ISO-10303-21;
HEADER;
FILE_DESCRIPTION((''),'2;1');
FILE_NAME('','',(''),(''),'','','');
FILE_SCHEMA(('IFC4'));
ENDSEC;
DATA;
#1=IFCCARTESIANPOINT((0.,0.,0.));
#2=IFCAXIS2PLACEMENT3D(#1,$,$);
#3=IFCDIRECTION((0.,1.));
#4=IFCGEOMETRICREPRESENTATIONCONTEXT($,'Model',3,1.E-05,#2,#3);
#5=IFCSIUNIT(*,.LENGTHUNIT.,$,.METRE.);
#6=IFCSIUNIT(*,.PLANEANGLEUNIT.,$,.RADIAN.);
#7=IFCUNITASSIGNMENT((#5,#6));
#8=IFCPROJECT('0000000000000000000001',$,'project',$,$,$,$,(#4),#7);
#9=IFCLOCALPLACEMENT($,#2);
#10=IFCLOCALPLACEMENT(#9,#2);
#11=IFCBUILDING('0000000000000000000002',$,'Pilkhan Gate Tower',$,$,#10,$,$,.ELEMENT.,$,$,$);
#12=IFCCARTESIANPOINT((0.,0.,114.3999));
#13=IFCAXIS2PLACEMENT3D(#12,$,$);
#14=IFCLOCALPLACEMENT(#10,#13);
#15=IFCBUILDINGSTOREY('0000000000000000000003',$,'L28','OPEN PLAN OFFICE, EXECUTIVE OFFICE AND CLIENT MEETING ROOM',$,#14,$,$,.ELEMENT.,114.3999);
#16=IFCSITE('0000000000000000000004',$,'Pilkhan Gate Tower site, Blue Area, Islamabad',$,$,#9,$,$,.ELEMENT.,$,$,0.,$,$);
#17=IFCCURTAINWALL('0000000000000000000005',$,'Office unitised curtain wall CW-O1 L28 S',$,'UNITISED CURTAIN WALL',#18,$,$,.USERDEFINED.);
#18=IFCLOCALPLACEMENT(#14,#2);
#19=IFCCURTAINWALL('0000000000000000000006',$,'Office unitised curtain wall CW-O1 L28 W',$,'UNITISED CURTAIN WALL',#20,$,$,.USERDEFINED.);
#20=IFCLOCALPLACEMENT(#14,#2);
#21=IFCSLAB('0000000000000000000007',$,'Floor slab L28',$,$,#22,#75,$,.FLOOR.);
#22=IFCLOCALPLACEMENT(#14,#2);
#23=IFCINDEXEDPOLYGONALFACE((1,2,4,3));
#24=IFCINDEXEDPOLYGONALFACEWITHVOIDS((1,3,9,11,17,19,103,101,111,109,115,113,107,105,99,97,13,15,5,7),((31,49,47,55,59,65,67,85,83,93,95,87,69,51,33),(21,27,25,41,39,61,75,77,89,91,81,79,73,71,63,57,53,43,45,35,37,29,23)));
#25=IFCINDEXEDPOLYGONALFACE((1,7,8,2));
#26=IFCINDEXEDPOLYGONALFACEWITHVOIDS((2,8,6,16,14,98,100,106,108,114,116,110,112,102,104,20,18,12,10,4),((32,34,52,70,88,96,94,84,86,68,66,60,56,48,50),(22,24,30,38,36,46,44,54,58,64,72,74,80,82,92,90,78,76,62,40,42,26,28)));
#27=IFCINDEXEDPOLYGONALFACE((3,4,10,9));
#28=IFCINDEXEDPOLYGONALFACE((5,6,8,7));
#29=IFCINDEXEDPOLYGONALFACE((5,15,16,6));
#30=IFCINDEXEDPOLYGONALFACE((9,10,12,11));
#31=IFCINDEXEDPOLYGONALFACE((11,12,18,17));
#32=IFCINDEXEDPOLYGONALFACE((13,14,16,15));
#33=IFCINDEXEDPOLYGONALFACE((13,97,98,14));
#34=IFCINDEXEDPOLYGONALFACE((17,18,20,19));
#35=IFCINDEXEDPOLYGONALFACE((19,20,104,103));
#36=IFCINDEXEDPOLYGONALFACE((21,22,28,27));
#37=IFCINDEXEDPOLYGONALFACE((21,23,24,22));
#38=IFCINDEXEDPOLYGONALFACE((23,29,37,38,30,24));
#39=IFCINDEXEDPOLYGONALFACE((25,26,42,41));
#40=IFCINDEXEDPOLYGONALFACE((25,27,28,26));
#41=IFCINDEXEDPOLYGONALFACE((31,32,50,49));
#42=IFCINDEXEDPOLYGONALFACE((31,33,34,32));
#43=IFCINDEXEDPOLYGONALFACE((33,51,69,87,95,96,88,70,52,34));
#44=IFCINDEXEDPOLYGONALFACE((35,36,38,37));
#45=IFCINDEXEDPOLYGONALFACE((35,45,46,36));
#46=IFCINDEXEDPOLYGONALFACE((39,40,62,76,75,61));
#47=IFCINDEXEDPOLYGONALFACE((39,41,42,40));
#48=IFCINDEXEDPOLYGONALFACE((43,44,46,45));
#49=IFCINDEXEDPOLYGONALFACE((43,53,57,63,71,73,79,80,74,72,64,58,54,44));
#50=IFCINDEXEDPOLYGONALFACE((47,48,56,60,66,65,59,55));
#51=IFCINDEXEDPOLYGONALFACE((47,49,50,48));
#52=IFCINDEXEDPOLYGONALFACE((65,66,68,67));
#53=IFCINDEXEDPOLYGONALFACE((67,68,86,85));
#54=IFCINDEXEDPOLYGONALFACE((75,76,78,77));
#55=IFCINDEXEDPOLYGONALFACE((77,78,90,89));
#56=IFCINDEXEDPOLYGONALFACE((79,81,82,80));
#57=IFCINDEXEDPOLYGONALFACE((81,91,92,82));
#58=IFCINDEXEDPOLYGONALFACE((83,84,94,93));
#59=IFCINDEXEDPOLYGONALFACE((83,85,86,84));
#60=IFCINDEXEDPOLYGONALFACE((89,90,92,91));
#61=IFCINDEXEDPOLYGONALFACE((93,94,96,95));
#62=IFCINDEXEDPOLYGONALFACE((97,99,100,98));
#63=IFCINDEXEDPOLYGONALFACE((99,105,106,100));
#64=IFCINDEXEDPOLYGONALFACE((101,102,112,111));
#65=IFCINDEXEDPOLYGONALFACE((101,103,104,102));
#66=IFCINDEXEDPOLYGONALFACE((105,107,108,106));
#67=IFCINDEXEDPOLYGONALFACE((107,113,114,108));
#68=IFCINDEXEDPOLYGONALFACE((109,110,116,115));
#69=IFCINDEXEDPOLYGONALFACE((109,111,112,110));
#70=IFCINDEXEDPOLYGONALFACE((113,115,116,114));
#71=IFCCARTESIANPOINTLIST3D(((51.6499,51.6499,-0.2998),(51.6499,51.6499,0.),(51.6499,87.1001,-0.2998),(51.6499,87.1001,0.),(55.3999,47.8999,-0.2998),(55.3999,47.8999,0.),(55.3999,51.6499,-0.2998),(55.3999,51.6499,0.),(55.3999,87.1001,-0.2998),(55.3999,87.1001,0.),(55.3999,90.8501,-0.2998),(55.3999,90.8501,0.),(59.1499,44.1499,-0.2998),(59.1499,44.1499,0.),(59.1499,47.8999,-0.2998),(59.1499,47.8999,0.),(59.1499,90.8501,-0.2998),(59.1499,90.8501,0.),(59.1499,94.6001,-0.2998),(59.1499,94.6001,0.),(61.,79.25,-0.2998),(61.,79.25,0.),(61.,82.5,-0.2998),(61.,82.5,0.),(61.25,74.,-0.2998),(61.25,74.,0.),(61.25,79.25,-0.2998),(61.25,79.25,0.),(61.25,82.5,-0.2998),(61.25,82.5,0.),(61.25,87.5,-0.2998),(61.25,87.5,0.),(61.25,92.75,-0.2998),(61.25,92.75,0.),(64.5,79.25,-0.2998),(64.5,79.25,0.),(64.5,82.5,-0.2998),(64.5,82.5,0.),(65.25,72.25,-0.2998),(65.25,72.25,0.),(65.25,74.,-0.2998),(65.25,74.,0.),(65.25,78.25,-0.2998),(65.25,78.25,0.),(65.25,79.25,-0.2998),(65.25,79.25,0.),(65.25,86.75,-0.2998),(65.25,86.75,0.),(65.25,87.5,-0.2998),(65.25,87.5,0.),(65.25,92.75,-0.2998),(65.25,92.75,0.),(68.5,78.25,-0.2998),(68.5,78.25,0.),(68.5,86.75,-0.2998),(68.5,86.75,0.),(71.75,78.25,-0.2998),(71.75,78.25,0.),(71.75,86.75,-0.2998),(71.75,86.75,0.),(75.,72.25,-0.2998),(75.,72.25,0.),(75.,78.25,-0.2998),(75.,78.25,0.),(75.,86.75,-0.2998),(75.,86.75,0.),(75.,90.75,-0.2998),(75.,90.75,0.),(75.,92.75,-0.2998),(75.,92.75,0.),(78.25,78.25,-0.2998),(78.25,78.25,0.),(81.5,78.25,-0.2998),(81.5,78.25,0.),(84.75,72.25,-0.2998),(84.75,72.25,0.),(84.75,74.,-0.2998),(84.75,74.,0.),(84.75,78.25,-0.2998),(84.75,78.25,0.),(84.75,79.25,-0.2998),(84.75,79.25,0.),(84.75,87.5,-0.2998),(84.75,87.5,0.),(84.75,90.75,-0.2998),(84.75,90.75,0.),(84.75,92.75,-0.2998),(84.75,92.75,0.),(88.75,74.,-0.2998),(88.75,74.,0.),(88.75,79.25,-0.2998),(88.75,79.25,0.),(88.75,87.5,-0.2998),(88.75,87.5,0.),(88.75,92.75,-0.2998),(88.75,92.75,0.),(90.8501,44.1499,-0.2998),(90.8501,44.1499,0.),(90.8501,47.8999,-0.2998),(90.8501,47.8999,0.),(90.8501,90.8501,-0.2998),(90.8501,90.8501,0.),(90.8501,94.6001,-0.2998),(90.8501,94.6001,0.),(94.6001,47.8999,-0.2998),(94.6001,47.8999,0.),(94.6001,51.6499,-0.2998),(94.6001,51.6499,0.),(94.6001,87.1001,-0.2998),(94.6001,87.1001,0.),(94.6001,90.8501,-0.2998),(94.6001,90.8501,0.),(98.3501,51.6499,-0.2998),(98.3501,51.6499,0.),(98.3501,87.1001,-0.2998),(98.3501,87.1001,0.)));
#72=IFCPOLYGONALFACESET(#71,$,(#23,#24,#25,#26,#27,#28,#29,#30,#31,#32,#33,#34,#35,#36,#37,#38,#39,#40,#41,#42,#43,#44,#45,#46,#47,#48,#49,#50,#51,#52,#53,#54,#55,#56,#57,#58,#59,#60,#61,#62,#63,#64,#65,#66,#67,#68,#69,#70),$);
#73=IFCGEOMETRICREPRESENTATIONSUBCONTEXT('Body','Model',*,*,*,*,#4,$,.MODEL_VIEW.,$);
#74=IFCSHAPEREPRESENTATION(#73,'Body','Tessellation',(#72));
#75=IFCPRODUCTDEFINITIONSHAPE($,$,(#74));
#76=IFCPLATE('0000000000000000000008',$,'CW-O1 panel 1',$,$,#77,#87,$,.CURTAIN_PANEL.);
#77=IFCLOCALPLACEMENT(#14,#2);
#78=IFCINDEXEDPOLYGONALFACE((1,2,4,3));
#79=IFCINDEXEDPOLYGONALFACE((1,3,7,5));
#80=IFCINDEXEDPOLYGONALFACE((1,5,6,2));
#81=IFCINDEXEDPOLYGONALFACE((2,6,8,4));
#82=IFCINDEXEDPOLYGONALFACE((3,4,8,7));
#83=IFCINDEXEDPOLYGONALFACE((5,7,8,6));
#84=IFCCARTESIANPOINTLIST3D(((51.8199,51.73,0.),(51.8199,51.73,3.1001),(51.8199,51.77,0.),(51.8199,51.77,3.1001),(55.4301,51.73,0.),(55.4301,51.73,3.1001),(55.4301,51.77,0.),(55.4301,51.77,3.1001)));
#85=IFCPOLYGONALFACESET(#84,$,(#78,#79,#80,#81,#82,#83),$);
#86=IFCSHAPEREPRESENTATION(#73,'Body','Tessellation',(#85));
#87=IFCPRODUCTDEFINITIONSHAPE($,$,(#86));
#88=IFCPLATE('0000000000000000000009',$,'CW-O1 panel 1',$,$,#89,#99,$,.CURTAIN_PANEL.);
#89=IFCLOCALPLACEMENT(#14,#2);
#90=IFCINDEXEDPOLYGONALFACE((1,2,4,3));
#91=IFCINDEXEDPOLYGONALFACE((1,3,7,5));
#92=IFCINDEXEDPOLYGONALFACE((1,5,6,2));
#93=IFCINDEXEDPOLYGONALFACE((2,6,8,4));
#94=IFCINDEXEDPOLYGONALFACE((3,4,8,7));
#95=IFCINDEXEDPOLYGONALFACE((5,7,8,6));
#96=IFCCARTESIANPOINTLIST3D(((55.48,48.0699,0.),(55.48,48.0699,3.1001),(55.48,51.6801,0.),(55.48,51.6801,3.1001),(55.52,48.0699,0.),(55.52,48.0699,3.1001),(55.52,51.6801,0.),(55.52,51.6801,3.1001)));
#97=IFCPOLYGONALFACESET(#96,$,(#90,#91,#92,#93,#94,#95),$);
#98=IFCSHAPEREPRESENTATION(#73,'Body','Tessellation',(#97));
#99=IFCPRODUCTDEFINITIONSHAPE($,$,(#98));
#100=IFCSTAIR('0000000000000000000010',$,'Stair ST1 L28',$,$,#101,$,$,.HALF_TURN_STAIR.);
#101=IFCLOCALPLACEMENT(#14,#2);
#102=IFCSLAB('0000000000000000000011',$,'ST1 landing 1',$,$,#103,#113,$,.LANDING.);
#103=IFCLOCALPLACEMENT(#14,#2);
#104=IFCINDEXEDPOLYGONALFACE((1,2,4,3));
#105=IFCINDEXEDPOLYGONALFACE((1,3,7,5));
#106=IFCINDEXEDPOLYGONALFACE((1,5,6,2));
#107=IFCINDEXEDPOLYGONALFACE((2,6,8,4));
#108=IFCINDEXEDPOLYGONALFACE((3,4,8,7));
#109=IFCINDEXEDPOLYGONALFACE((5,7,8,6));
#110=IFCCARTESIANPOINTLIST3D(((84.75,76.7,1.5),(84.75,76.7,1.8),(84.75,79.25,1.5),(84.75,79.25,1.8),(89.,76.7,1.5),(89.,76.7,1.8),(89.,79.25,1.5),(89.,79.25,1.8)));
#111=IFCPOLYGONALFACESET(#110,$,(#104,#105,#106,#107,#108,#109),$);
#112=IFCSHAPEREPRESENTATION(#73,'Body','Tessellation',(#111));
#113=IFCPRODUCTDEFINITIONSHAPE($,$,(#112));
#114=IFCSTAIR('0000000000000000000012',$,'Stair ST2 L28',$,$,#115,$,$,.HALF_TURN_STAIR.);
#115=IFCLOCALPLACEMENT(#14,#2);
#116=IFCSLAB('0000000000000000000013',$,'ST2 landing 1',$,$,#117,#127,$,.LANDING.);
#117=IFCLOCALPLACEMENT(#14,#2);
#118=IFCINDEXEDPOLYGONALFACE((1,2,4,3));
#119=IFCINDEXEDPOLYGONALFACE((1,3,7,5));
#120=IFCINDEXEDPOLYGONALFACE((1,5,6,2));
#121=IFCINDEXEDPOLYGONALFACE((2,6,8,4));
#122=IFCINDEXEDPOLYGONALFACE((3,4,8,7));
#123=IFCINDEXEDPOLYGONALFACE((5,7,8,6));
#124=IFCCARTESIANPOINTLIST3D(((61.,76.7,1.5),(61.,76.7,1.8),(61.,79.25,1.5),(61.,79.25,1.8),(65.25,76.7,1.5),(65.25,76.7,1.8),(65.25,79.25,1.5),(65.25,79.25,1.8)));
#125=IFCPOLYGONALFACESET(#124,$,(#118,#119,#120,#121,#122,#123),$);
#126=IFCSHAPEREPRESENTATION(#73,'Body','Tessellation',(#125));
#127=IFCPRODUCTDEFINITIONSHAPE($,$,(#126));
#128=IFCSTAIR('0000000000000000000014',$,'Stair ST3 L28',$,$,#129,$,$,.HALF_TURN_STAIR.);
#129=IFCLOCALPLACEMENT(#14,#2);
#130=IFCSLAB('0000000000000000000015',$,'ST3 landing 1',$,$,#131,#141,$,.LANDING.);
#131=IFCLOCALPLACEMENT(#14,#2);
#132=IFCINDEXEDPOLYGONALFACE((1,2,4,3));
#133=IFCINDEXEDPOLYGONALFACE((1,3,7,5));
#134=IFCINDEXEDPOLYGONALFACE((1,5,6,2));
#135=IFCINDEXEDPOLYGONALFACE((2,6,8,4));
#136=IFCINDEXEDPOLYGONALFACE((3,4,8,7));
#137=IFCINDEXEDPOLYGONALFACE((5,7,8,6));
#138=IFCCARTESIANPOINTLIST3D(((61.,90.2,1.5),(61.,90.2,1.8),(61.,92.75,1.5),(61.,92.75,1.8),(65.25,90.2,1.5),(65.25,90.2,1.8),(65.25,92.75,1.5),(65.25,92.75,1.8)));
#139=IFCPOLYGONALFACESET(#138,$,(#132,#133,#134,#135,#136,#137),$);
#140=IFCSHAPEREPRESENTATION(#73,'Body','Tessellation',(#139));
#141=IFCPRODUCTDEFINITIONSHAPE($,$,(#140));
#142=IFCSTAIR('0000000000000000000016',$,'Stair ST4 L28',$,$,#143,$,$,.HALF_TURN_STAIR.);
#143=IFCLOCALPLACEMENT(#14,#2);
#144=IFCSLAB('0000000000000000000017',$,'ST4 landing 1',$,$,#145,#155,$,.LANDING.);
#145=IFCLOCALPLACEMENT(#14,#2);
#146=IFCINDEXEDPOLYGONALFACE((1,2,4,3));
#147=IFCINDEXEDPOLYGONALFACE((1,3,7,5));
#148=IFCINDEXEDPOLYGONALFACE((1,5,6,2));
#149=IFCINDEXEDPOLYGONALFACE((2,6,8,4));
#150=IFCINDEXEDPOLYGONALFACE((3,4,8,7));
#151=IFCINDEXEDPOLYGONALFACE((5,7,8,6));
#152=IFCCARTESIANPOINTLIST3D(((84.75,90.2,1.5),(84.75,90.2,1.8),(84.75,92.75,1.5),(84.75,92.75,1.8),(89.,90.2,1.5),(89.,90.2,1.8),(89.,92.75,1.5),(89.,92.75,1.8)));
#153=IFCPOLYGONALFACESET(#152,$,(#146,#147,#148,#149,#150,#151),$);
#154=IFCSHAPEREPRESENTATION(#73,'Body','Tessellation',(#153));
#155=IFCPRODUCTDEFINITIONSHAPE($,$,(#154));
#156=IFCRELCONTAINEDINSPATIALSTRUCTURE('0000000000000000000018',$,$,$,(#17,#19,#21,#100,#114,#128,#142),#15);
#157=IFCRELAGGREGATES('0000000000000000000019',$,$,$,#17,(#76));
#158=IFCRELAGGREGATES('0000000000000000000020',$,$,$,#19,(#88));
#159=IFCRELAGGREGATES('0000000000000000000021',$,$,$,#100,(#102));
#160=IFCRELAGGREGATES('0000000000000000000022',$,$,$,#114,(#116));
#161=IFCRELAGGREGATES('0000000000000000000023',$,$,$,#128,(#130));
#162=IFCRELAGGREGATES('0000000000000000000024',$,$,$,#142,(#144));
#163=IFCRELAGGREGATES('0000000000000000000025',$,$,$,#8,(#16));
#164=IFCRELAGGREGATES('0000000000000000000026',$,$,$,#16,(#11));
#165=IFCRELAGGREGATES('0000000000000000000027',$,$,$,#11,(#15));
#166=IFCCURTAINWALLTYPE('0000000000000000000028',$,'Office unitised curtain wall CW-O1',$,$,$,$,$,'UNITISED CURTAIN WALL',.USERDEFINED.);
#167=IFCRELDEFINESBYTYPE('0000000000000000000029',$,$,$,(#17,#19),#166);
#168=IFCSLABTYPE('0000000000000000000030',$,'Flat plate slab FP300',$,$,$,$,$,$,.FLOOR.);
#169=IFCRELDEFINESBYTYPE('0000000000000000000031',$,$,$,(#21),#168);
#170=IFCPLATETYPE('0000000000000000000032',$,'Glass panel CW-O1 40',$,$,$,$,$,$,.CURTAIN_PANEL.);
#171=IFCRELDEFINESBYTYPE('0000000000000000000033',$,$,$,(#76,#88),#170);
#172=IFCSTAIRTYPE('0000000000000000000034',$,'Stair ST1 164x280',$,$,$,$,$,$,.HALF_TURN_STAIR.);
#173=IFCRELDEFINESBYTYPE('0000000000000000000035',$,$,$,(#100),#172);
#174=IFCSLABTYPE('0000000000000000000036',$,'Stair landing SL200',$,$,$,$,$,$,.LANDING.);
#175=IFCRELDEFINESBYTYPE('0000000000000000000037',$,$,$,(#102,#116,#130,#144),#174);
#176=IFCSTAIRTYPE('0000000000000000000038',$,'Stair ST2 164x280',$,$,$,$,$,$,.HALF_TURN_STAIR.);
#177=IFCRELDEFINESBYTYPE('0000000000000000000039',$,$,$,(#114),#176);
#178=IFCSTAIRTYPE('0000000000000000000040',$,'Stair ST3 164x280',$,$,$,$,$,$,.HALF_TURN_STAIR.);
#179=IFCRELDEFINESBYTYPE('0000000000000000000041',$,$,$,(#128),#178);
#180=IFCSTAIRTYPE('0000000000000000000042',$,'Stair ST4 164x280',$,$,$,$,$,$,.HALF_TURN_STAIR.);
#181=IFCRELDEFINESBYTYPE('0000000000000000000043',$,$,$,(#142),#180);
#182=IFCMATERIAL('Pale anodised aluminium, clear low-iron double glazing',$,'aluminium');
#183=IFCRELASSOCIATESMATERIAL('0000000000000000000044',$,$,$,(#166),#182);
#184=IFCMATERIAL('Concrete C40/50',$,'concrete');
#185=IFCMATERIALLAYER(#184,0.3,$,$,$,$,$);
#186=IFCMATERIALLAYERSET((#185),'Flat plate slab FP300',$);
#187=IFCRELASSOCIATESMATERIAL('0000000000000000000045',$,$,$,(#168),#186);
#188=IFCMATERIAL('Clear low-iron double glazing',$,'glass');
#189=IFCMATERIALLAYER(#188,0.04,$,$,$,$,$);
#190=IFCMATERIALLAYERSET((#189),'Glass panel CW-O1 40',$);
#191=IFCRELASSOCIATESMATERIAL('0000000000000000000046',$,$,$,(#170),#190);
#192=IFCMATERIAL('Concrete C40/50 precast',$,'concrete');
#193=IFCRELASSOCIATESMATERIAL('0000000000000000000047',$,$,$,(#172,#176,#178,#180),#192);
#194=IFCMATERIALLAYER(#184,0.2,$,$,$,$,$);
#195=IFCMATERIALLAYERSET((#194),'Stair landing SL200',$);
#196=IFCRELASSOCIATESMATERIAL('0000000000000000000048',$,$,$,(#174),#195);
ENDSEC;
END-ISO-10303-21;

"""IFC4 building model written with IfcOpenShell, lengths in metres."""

from ifc_helpers import new_model, si_unit, direction, frame, origin, origin_2d, place, context, subcontext, project, spatial, polyline, rectangle, outline, extrude, material, layer, layer_set, type_object, element, aggregate, save


model = new_model("IFC4")

# Units and contexts
model_context = context("Model", 3, precision=1e-05, world=origin(), true_north=direction((0.0, 1.0)))
body_context = subcontext(model_context, "Body", "Model", "MODEL_VIEW")
ifc_project = project(units=[si_unit("LENGTHUNIT", "METRE"), si_unit("PLANEANGLEUNIT", "RADIAN")], contexts=[model_context])

# Site, building, storey
site_placement = place(None, origin())
site = spatial("IfcSite", under=ifc_project, at=site_placement, Name="Pilkhan Gate Tower site, Blue Area, Islamabad", CompositionType="ELEMENT", RefElevation=0.0)
building_placement = place(site_placement, origin())
building = spatial("IfcBuilding", under=site, at=building_placement, Name="Pilkhan Gate Tower", CompositionType="ELEMENT")
storey_placement = place(building_placement, frame((0.0, 0.0, 114.3999)))
storey = spatial("IfcBuildingStorey", under=building, at=storey_placement, Name="L28", Description="OPEN PLAN OFFICE, EXECUTIVE OFFICE AND CLIENT MEETING ROOM", CompositionType="ELEMENT", Elevation=114.3999)

# Shared definitions
ifc_material_1 = material(Name="Pale anodised aluminium, clear low-iron double glazing", Category="aluminium")
curtain_wall_type = type_object("IfcCurtainWallType", Name="Office unitised curtain wall CW-O1", ElementType="UNITISED CURTAIN WALL", PredefinedType="USERDEFINED", material=ifc_material_1)

# Curtain walls
curtain_wall_1_placement = place(storey_placement, origin())
curtain_wall_1 = element("IfcCurtainWall", 1, at=curtain_wall_1_placement, inside=storey, type_object=curtain_wall_type, Name="Office unitised curtain wall CW-O1 L28 S", ObjectType="UNITISED CURTAIN WALL", PredefinedType="USERDEFINED")
curtain_wall_2_placement = place(storey_placement, origin())
curtain_wall_2 = element("IfcCurtainWall", 2, at=curtain_wall_2_placement, inside=storey, type_object=curtain_wall_type, Name="Office unitised curtain wall CW-O1 L28 W", ObjectType="UNITISED CURTAIN WALL", PredefinedType="USERDEFINED")

# Slab
ifc_material_2 = material(Name="Concrete C40/50", Category="concrete")
ifc_layer_1 = layer(ifc_material_2, 0.3)
ifc_layer_set_1 = layer_set([ifc_layer_1], Name="Flat plate slab FP300")
slab_type_1 = type_object("IfcSlabType", Name="Flat plate slab FP300", PredefinedType="FLOOR", material=ifc_layer_set_1)
slab_1_placement = place(storey_placement, frame((0.0, 0.0, -0.2998)))
element("IfcSlab", 3, at=slab_1_placement, inside=storey, type_object=slab_type_1, Name="Floor slab L28", PredefinedType="FLOOR", context=body_context, shape_type="SweptSolid", body=[
    extrude(outline(polyline([(94.6001, 47.8999), (90.8501, 47.8999), (90.8501, 44.1499), (59.1499, 44.1499), (59.1499, 47.8999), (55.3999, 47.8999), (55.3999, 51.6499), (51.6499, 51.6499), (51.6499, 87.1001), (55.3999, 87.1001), (55.3999, 90.8501), (59.1499, 90.8501), (59.1499, 94.6001), (90.8501, 94.6001), (90.8501, 90.8501), (94.6001, 90.8501), (94.6001, 87.1001), (98.3501, 87.1001), (98.3501, 51.6499), (94.6001, 51.6499), (94.6001, 47.8999)]), holes=[polyline([(65.25, 87.5), (65.25, 86.75), (68.5, 86.75), (71.75, 86.75), (75.0, 86.75), (75.0, 90.75), (84.75, 90.75), (84.75, 87.5), (88.75, 87.5), (88.75, 92.75), (84.75, 92.75), (75.0, 92.75), (65.25, 92.75), (61.25, 92.75), (61.25, 87.5), (65.25, 87.5)]), polyline([(75.0, 72.25), (84.75, 72.25), (84.75, 74.0), (88.75, 74.0), (88.75, 79.25), (84.75, 79.25), (84.75, 78.25), (81.5, 78.25), (78.25, 78.25), (75.0, 78.25), (71.75, 78.25), (68.5, 78.25), (65.25, 78.25), (65.25, 79.25), (64.5, 79.25), (64.5, 82.5), (61.25, 82.5), (61.0, 82.5), (61.0, 79.25), (61.25, 79.25), (61.25, 74.0), (65.25, 74.0), (65.25, 72.25), (75.0, 72.25)])]), origin(), (0.0, 0.0, 1.0), 0.2998),
])

# Plates
ifc_material_3 = material(Name="Clear low-iron double glazing", Category="glass")
ifc_layer_2 = layer(ifc_material_3, 0.04)
ifc_layer_set_2 = layer_set([ifc_layer_2], Name="Glass panel CW-O1 40")
plate_type = type_object("IfcPlateType", Name="Glass panel CW-O1 40", PredefinedType="CURTAIN_PANEL", material=ifc_layer_set_2)
plate_1_placement = place(storey_placement, frame((53.625, 51.75, 0.0), z_axis=(0.0, 0.0, 1.0), x_axis=(1.0, 0.0, 0.0)))
plate_1 = element("IfcPlate", 4, at=plate_1_placement, type_object=plate_type, Name="CW-O1 panel 1", PredefinedType="CURTAIN_PANEL", context=body_context, shape_type="SweptSolid", body=[
    extrude(rectangle(XDim=3.6101, YDim=0.04, at=origin_2d()), origin(), (0.0, 0.0, 1.0), 3.1001),
])
aggregate(curtain_wall_1, [plate_1])
plate_2_placement = place(storey_placement, frame((55.5, 49.875, 0.0), z_axis=(0.0, 0.0, 1.0), x_axis=(0.0, 1.0, 0.0)))
plate_2 = element("IfcPlate", 5, at=plate_2_placement, type_object=plate_type, Name="CW-O1 panel 1", PredefinedType="CURTAIN_PANEL", context=body_context, shape_type="SweptSolid", body=[
    extrude(rectangle(XDim=3.6101, YDim=0.04, at=origin_2d()), origin(), (0.0, 0.0, 1.0), 3.1001),
])
aggregate(curtain_wall_2, [plate_2])

# Stairs, slabs
ifc_material_4 = material(Name="Concrete C40/50 precast", Category="concrete")
stair_type_1 = type_object("IfcStairType", Name="Stair ST1 164x280", PredefinedType="HALF_TURN_STAIR", material=ifc_material_4)
stair_1_placement = place(storey_placement, origin())
stair_1 = element("IfcStair", 6, at=stair_1_placement, inside=storey, type_object=stair_type_1, Name="Stair ST1 L28", PredefinedType="HALF_TURN_STAIR")
ifc_layer_3 = layer(ifc_material_2, 0.2)
ifc_layer_set_3 = layer_set([ifc_layer_3], Name="Stair landing SL200")
slab_type_2 = type_object("IfcSlabType", Name="Stair landing SL200", PredefinedType="LANDING", material=ifc_layer_set_3)
slab_2_placement = place(storey_placement, frame((0.0, 0.0, 1.5)))
slab_2 = element("IfcSlab", 7, at=slab_2_placement, type_object=slab_type_2, Name="ST1 landing 1", PredefinedType="LANDING", context=body_context, shape_type="SweptSolid", body=[
    extrude(outline(polyline([(89.0, 76.7), (89.0, 79.25), (84.75, 79.25), (84.75, 76.7), (89.0, 76.7)])), origin(), (0.0, 0.0, 1.0), 0.3),
])
aggregate(stair_1, [slab_2])
stair_type_2 = type_object("IfcStairType", Name="Stair ST2 164x280", PredefinedType="HALF_TURN_STAIR", material=ifc_material_4)
stair_2_placement = place(storey_placement, origin())
stair_2 = element("IfcStair", 8, at=stair_2_placement, inside=storey, type_object=stair_type_2, Name="Stair ST2 L28", PredefinedType="HALF_TURN_STAIR")
slab_3_placement = place(storey_placement, frame((0.0, 0.0, 1.5)))
slab_3 = element("IfcSlab", 9, at=slab_3_placement, type_object=slab_type_2, Name="ST2 landing 1", PredefinedType="LANDING", context=body_context, shape_type="SweptSolid", body=[
    extrude(outline(polyline([(65.25, 76.7), (65.25, 79.25), (61.0, 79.25), (61.0, 76.7), (65.25, 76.7)])), origin(), (0.0, 0.0, 1.0), 0.3),
])
aggregate(stair_2, [slab_3])
stair_type_3 = type_object("IfcStairType", Name="Stair ST3 164x280", PredefinedType="HALF_TURN_STAIR", material=ifc_material_4)
stair_3_placement = place(storey_placement, origin())
stair_3 = element("IfcStair", 10, at=stair_3_placement, inside=storey, type_object=stair_type_3, Name="Stair ST3 L28", PredefinedType="HALF_TURN_STAIR")
slab_4_placement = place(storey_placement, frame((0.0, 0.0, 1.5)))
slab_4 = element("IfcSlab", 11, at=slab_4_placement, type_object=slab_type_2, Name="ST3 landing 1", PredefinedType="LANDING", context=body_context, shape_type="SweptSolid", body=[
    extrude(outline(polyline([(65.25, 90.2), (65.25, 92.75), (61.0, 92.75), (61.0, 90.2), (65.25, 90.2)])), origin(), (0.0, 0.0, 1.0), 0.3),
])
aggregate(stair_3, [slab_4])
stair_type_4 = type_object("IfcStairType", Name="Stair ST4 164x280", PredefinedType="HALF_TURN_STAIR", material=ifc_material_4)
stair_4_placement = place(storey_placement, origin())
stair_4 = element("IfcStair", 12, at=stair_4_placement, inside=storey, type_object=stair_type_4, Name="Stair ST4 L28", PredefinedType="HALF_TURN_STAIR")
slab_5_placement = place(storey_placement, frame((0.0, 0.0, 1.5)))
slab_5 = element("IfcSlab", 13, at=slab_5_placement, type_object=slab_type_2, Name="ST4 landing 1", PredefinedType="LANDING", context=body_context, shape_type="SweptSolid", body=[
    extrude(outline(polyline([(89.0, 90.2), (89.0, 92.75), (84.75, 92.75), (84.75, 90.2), (89.0, 90.2)])), origin(), (0.0, 0.0, 1.0), 0.3),
])
aggregate(stair_4, [slab_5])

save(model, "model.ifc")
